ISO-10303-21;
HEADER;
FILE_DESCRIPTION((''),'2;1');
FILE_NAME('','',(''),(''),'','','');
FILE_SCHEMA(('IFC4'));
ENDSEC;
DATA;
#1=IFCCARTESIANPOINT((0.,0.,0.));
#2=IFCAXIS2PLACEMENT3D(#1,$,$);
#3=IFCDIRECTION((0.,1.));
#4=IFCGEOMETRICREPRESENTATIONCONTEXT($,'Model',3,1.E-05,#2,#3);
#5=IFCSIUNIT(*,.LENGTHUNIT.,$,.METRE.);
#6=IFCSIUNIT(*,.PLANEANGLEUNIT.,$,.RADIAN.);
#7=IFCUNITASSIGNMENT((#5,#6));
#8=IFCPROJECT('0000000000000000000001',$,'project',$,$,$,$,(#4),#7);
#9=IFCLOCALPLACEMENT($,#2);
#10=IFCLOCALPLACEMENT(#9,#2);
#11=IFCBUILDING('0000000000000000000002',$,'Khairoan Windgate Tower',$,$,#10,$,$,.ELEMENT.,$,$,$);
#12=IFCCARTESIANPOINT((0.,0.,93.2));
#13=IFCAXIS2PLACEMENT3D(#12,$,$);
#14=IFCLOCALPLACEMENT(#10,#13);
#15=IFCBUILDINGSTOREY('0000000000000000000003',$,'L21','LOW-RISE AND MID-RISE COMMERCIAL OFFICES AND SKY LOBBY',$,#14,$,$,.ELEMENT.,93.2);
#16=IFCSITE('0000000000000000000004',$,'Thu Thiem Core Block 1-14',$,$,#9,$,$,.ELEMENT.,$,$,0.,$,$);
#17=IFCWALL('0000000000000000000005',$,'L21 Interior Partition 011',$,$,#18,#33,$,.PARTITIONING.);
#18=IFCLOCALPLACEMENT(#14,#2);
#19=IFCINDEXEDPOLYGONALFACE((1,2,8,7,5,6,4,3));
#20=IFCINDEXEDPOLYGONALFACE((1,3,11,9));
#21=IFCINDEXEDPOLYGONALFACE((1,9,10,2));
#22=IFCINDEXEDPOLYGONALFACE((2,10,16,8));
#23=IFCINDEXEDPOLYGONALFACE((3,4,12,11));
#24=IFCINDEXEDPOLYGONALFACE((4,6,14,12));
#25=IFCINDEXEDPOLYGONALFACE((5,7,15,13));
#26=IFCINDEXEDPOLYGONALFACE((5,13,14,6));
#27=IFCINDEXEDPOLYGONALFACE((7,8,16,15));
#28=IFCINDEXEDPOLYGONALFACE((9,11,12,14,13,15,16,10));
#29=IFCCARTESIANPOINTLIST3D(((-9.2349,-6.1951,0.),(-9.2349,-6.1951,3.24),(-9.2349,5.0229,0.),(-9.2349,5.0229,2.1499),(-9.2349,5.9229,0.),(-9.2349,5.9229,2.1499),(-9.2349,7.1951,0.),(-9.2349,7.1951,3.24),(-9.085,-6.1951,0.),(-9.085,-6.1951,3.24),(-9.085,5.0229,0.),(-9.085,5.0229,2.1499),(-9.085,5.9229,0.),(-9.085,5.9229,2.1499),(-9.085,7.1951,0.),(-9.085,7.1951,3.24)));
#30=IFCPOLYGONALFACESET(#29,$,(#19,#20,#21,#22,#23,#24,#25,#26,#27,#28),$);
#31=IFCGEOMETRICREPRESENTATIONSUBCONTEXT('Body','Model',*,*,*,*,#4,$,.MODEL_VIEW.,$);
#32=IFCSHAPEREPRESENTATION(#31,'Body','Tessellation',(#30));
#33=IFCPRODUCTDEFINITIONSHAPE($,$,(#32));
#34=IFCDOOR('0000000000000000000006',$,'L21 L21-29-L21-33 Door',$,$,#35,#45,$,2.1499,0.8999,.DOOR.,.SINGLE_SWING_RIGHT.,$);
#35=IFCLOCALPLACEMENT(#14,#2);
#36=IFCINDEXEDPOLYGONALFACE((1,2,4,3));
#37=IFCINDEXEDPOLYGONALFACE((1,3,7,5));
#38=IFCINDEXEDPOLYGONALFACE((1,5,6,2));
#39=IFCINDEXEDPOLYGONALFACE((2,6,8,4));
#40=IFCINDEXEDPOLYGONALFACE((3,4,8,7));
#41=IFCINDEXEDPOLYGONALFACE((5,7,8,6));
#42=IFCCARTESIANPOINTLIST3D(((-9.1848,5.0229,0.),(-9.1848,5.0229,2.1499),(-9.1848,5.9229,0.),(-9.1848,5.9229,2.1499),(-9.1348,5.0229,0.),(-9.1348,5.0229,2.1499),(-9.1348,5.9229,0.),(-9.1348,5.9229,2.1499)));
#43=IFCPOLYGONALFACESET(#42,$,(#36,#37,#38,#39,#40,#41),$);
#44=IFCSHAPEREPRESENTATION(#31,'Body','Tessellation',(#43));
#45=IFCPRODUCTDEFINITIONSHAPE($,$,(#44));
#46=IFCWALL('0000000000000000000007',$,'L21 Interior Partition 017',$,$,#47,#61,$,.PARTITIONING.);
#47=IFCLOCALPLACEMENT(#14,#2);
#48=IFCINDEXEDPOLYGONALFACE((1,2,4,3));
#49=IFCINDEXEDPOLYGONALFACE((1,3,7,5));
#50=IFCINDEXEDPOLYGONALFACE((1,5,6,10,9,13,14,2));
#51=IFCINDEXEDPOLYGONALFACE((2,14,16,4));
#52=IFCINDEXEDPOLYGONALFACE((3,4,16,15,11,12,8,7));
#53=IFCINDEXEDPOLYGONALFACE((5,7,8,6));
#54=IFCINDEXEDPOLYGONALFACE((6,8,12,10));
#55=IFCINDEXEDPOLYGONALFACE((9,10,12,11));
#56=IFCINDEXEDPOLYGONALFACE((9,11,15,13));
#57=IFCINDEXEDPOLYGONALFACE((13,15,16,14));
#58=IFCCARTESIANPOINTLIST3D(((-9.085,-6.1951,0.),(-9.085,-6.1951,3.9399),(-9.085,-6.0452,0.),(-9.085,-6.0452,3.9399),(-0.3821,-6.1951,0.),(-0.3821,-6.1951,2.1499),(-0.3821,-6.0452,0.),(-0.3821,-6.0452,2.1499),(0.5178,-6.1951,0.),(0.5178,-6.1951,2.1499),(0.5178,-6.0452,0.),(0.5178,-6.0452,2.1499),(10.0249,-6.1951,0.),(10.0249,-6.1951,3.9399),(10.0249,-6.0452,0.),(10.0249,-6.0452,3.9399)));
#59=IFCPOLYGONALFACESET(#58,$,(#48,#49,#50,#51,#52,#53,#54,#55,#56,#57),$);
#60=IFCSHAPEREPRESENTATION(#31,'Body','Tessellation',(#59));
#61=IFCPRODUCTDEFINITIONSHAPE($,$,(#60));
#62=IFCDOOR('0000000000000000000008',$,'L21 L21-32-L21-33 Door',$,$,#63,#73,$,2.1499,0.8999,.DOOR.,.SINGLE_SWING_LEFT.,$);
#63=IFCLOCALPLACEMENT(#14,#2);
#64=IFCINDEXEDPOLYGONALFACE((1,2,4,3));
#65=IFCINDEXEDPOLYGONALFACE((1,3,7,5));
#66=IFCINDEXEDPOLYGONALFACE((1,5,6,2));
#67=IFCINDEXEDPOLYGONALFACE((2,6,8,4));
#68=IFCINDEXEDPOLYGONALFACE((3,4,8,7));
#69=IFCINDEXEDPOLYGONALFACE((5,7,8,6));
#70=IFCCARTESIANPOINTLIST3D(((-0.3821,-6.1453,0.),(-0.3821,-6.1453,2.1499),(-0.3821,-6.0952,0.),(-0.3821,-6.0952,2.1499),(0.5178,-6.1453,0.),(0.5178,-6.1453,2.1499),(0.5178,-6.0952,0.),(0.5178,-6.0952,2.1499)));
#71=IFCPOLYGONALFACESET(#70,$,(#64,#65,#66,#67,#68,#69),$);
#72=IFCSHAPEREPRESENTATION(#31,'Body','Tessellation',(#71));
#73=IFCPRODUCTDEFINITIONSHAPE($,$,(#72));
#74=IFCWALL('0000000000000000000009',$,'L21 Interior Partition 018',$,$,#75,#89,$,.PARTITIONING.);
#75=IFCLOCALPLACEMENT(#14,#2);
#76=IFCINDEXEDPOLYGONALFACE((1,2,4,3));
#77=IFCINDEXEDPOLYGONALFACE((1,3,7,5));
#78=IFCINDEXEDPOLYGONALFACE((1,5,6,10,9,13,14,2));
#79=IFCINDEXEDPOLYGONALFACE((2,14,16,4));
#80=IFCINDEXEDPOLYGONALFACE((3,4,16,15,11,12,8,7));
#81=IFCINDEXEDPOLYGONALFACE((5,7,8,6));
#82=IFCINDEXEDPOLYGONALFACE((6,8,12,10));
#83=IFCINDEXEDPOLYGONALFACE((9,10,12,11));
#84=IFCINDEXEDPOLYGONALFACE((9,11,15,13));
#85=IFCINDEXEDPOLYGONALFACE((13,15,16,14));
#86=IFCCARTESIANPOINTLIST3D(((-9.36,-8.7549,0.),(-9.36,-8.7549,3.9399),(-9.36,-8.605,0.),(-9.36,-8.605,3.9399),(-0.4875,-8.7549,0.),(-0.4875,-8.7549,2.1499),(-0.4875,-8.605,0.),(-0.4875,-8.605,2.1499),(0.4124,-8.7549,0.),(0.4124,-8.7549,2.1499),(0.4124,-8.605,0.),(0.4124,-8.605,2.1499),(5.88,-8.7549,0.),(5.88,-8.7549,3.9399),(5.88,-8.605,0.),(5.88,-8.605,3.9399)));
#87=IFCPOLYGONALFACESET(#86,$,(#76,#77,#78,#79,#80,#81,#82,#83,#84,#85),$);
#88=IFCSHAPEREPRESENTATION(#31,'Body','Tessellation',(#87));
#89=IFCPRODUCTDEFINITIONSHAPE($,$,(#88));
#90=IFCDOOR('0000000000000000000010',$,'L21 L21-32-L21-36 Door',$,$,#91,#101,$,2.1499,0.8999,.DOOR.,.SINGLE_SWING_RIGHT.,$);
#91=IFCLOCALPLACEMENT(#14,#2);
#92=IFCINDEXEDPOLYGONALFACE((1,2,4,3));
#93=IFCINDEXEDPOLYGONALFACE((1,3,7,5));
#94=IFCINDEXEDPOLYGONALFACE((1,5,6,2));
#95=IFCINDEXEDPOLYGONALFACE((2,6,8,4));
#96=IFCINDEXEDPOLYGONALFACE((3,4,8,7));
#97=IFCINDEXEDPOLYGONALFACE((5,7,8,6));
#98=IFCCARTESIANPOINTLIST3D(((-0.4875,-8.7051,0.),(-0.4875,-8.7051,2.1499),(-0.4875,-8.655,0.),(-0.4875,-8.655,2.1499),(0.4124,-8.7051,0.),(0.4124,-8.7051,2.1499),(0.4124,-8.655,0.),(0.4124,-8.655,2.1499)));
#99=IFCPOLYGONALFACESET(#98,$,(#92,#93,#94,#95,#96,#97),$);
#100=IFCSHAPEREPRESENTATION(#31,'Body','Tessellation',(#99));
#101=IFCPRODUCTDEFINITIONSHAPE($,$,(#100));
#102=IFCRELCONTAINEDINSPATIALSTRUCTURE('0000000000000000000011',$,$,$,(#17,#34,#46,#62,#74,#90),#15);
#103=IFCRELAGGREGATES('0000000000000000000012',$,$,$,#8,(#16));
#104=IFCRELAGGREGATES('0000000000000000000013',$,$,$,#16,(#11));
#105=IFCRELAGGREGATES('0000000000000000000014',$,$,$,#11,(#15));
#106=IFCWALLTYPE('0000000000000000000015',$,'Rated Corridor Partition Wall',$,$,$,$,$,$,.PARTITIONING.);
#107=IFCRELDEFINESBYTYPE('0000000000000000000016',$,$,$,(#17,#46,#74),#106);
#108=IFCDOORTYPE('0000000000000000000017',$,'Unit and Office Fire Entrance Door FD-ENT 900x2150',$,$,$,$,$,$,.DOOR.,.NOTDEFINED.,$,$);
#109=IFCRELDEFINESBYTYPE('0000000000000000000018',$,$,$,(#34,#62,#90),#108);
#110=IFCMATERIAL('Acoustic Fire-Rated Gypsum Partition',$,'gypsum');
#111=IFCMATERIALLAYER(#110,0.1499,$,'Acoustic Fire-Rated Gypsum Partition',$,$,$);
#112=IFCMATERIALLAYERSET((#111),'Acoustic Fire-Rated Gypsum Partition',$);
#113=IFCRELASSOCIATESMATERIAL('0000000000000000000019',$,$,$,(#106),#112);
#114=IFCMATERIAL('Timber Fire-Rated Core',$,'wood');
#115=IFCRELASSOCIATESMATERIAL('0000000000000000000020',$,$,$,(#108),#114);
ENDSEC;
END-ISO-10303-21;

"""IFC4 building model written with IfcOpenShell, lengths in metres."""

from ifc_helpers import new_model, si_unit, direction, frame, frame_2d, origin, place, context, subcontext, project, spatial, rectangle, extrude, material, layer, layer_set, type_object, element, fill, save


model = new_model("IFC4")

# Units and contexts
model_context = context("Model", 3, precision=1e-05, world=origin(), true_north=direction((0.0, 1.0)))
body_context = subcontext(model_context, "Body", "Model", "MODEL_VIEW")
ifc_project = project(units=[si_unit("LENGTHUNIT", "METRE"), si_unit("PLANEANGLEUNIT", "RADIAN")], contexts=[model_context])

# Site, building, storey
site_placement = place(None, origin())
site = spatial("IfcSite", under=ifc_project, at=site_placement, Name="Thu Thiem Core Block 1-14", CompositionType="ELEMENT", RefElevation=0.0)
building_placement = place(site_placement, origin())
building = spatial("IfcBuilding", under=site, at=building_placement, Name="Khairoan Windgate Tower", CompositionType="ELEMENT")
storey_placement = place(building_placement, frame((0.0, 0.0, 93.2)))
storey = spatial("IfcBuildingStorey", under=building, at=storey_placement, Name="L21", Description="LOW-RISE AND MID-RISE COMMERCIAL OFFICES AND SKY LOBBY", CompositionType="ELEMENT", Elevation=93.2)

# Walls, openings, doors
ifc_material_1 = material(Name="Acoustic Fire-Rated Gypsum Partition", Category="gypsum")
ifc_layer_1 = layer(ifc_material_1, 0.1499, Name="Acoustic Fire-Rated Gypsum Partition")
ifc_layer_set_1 = layer_set([ifc_layer_1], Name="Acoustic Fire-Rated Gypsum Partition")
wall_type_1 = type_object("IfcWallType", Name="Rated Corridor Partition Wall", PredefinedType="PARTITIONING", material=ifc_layer_set_1)
wall_1_placement = place(storey_placement, frame((-9.1599, -6.1951, 0.0), z_axis=(0.0, 0.0, 1.0), x_axis=(0.0, 1.0, 0.0)))
wall_1 = element("IfcWall", 1, at=wall_1_placement, inside=storey, type_object=wall_type_1, Name="L21 Interior Partition 011", PredefinedType="PARTITIONING", context=body_context, shape_type="SweptSolid", body=[
    extrude(rectangle(XDim=13.3901, YDim=0.1499, at=frame_2d((6.6951, 0.0))), origin(), (0.0, 0.0, 1.0), 3.24),
])
opening_1_placement = place(wall_1_placement, frame((11.218, 0.0, 0.0)))
opening_1 = element("IfcOpeningElement", 2, at=opening_1_placement, cuts=wall_1, PredefinedType="OPENING", context=body_context, shape_type="SweptSolid", body=[
    extrude(rectangle(XDim=0.8999, YDim=2.1499, at=frame_2d((0.45, 1.075))), frame((0.0, 0.085, 0.0), z_axis=(0.0, -1.0, 0.0), x_axis=(1.0, 0.0, 0.0)), (0.0, 0.0, 1.0), 0.1699),
])
ifc_material_2 = material(Name="Timber Fire-Rated Core", Category="wood")
door_type = type_object("IfcDoorType", Name="Unit and Office Fire Entrance Door FD-ENT 900x2150", OperationType="NOTDEFINED", PredefinedType="DOOR", material=ifc_material_2)
door_1_placement = place(opening_1_placement, origin())
door_1 = element("IfcDoor", 3, at=door_1_placement, inside=storey, type_object=door_type, Name="L21 L21-29-L21-33 Door", OperationType="SINGLE_SWING_RIGHT", OverallHeight=2.1499, OverallWidth=0.8999, PredefinedType="DOOR", context=body_context, shape_type="SweptSolid", body=[
    extrude(rectangle(XDim=0.8999, YDim=2.1499, at=frame_2d((0.45, 1.075))), frame((0.0, 0.0249, 0.0), z_axis=(0.0, -1.0, 0.0), x_axis=(1.0, 0.0, 0.0)), (0.0, 0.0, 1.0), 0.05),
])
fill(opening_1, door_1)
wall_2_placement = place(storey_placement, frame((-9.085, -6.1201, 0.0), z_axis=(0.0, 0.0, 1.0), x_axis=(1.0, 0.0, 0.0)))
wall_2 = element("IfcWall", 4, at=wall_2_placement, inside=storey, type_object=wall_type_1, Name="L21 Interior Partition 017", PredefinedType="PARTITIONING", context=body_context, shape_type="SweptSolid", body=[
    extrude(rectangle(XDim=19.1099, YDim=0.1499, at=frame_2d((9.5549, 0.0))), origin(), (0.0, 0.0, 1.0), 3.9399),
])
opening_2_placement = place(wall_2_placement, frame((8.7029, 0.0, 0.0)))
opening_2 = element("IfcOpeningElement", 5, at=opening_2_placement, cuts=wall_2, PredefinedType="OPENING", context=body_context, shape_type="SweptSolid", body=[
    extrude(rectangle(XDim=0.8999, YDim=2.1499, at=frame_2d((0.45, 1.075))), frame((0.0, 0.085, 0.0), z_axis=(0.0, -1.0, 0.0), x_axis=(1.0, 0.0, 0.0)), (0.0, 0.0, 1.0), 0.1699),
])
door_2_placement = place(opening_2_placement, origin())
door_2 = element("IfcDoor", 6, at=door_2_placement, inside=storey, type_object=door_type, Name="L21 L21-32-L21-33 Door", OperationType="SINGLE_SWING_LEFT", OverallHeight=2.1499, OverallWidth=0.8999, PredefinedType="DOOR", context=body_context, shape_type="SweptSolid", body=[
    extrude(rectangle(XDim=0.8999, YDim=2.1499, at=frame_2d((0.45, 1.075))), frame((0.0, 0.0249, 0.0), z_axis=(0.0, -1.0, 0.0), x_axis=(1.0, 0.0, 0.0)), (0.0, 0.0, 1.0), 0.05),
])
fill(opening_2, door_2)
wall_3_placement = place(storey_placement, frame((-9.3601, -8.6799, 0.0), z_axis=(0.0, 0.0, 1.0), x_axis=(1.0, 0.0, 0.0)))
wall_3 = element("IfcWall", 7, at=wall_3_placement, inside=storey, type_object=wall_type_1, Name="L21 Interior Partition 018", PredefinedType="PARTITIONING", context=body_context, shape_type="SweptSolid", body=[
    extrude(rectangle(XDim=15.24, YDim=0.1499, at=frame_2d((7.6201, 0.0))), origin(), (0.0, 0.0, 1.0), 3.9399),
])
opening_3_placement = place(wall_3_placement, frame((8.8726, 0.0, 0.0)))
opening_3 = element("IfcOpeningElement", 8, at=opening_3_placement, cuts=wall_3, PredefinedType="OPENING", context=body_context, shape_type="SweptSolid", body=[
    extrude(rectangle(XDim=0.8999, YDim=2.1499, at=frame_2d((0.45, 1.075))), frame((0.0, 0.085, 0.0), z_axis=(0.0, -1.0, 0.0), x_axis=(1.0, 0.0, 0.0)), (0.0, 0.0, 1.0), 0.1699),
])
door_3_placement = place(opening_3_placement, origin())
door_3 = element("IfcDoor", 9, at=door_3_placement, inside=storey, type_object=door_type, Name="L21 L21-32-L21-36 Door", OperationType="SINGLE_SWING_RIGHT", OverallHeight=2.1499, OverallWidth=0.8999, PredefinedType="DOOR", context=body_context, shape_type="SweptSolid", body=[
    extrude(rectangle(XDim=0.8999, YDim=2.1499, at=frame_2d((0.45, 1.075))), frame((0.0, 0.0249, 0.0), z_axis=(0.0, -1.0, 0.0), x_axis=(1.0, 0.0, 0.0)), (0.0, 0.0, 1.0), 0.05),
])
fill(opening_3, door_3)

save(model, "model.ifc")
